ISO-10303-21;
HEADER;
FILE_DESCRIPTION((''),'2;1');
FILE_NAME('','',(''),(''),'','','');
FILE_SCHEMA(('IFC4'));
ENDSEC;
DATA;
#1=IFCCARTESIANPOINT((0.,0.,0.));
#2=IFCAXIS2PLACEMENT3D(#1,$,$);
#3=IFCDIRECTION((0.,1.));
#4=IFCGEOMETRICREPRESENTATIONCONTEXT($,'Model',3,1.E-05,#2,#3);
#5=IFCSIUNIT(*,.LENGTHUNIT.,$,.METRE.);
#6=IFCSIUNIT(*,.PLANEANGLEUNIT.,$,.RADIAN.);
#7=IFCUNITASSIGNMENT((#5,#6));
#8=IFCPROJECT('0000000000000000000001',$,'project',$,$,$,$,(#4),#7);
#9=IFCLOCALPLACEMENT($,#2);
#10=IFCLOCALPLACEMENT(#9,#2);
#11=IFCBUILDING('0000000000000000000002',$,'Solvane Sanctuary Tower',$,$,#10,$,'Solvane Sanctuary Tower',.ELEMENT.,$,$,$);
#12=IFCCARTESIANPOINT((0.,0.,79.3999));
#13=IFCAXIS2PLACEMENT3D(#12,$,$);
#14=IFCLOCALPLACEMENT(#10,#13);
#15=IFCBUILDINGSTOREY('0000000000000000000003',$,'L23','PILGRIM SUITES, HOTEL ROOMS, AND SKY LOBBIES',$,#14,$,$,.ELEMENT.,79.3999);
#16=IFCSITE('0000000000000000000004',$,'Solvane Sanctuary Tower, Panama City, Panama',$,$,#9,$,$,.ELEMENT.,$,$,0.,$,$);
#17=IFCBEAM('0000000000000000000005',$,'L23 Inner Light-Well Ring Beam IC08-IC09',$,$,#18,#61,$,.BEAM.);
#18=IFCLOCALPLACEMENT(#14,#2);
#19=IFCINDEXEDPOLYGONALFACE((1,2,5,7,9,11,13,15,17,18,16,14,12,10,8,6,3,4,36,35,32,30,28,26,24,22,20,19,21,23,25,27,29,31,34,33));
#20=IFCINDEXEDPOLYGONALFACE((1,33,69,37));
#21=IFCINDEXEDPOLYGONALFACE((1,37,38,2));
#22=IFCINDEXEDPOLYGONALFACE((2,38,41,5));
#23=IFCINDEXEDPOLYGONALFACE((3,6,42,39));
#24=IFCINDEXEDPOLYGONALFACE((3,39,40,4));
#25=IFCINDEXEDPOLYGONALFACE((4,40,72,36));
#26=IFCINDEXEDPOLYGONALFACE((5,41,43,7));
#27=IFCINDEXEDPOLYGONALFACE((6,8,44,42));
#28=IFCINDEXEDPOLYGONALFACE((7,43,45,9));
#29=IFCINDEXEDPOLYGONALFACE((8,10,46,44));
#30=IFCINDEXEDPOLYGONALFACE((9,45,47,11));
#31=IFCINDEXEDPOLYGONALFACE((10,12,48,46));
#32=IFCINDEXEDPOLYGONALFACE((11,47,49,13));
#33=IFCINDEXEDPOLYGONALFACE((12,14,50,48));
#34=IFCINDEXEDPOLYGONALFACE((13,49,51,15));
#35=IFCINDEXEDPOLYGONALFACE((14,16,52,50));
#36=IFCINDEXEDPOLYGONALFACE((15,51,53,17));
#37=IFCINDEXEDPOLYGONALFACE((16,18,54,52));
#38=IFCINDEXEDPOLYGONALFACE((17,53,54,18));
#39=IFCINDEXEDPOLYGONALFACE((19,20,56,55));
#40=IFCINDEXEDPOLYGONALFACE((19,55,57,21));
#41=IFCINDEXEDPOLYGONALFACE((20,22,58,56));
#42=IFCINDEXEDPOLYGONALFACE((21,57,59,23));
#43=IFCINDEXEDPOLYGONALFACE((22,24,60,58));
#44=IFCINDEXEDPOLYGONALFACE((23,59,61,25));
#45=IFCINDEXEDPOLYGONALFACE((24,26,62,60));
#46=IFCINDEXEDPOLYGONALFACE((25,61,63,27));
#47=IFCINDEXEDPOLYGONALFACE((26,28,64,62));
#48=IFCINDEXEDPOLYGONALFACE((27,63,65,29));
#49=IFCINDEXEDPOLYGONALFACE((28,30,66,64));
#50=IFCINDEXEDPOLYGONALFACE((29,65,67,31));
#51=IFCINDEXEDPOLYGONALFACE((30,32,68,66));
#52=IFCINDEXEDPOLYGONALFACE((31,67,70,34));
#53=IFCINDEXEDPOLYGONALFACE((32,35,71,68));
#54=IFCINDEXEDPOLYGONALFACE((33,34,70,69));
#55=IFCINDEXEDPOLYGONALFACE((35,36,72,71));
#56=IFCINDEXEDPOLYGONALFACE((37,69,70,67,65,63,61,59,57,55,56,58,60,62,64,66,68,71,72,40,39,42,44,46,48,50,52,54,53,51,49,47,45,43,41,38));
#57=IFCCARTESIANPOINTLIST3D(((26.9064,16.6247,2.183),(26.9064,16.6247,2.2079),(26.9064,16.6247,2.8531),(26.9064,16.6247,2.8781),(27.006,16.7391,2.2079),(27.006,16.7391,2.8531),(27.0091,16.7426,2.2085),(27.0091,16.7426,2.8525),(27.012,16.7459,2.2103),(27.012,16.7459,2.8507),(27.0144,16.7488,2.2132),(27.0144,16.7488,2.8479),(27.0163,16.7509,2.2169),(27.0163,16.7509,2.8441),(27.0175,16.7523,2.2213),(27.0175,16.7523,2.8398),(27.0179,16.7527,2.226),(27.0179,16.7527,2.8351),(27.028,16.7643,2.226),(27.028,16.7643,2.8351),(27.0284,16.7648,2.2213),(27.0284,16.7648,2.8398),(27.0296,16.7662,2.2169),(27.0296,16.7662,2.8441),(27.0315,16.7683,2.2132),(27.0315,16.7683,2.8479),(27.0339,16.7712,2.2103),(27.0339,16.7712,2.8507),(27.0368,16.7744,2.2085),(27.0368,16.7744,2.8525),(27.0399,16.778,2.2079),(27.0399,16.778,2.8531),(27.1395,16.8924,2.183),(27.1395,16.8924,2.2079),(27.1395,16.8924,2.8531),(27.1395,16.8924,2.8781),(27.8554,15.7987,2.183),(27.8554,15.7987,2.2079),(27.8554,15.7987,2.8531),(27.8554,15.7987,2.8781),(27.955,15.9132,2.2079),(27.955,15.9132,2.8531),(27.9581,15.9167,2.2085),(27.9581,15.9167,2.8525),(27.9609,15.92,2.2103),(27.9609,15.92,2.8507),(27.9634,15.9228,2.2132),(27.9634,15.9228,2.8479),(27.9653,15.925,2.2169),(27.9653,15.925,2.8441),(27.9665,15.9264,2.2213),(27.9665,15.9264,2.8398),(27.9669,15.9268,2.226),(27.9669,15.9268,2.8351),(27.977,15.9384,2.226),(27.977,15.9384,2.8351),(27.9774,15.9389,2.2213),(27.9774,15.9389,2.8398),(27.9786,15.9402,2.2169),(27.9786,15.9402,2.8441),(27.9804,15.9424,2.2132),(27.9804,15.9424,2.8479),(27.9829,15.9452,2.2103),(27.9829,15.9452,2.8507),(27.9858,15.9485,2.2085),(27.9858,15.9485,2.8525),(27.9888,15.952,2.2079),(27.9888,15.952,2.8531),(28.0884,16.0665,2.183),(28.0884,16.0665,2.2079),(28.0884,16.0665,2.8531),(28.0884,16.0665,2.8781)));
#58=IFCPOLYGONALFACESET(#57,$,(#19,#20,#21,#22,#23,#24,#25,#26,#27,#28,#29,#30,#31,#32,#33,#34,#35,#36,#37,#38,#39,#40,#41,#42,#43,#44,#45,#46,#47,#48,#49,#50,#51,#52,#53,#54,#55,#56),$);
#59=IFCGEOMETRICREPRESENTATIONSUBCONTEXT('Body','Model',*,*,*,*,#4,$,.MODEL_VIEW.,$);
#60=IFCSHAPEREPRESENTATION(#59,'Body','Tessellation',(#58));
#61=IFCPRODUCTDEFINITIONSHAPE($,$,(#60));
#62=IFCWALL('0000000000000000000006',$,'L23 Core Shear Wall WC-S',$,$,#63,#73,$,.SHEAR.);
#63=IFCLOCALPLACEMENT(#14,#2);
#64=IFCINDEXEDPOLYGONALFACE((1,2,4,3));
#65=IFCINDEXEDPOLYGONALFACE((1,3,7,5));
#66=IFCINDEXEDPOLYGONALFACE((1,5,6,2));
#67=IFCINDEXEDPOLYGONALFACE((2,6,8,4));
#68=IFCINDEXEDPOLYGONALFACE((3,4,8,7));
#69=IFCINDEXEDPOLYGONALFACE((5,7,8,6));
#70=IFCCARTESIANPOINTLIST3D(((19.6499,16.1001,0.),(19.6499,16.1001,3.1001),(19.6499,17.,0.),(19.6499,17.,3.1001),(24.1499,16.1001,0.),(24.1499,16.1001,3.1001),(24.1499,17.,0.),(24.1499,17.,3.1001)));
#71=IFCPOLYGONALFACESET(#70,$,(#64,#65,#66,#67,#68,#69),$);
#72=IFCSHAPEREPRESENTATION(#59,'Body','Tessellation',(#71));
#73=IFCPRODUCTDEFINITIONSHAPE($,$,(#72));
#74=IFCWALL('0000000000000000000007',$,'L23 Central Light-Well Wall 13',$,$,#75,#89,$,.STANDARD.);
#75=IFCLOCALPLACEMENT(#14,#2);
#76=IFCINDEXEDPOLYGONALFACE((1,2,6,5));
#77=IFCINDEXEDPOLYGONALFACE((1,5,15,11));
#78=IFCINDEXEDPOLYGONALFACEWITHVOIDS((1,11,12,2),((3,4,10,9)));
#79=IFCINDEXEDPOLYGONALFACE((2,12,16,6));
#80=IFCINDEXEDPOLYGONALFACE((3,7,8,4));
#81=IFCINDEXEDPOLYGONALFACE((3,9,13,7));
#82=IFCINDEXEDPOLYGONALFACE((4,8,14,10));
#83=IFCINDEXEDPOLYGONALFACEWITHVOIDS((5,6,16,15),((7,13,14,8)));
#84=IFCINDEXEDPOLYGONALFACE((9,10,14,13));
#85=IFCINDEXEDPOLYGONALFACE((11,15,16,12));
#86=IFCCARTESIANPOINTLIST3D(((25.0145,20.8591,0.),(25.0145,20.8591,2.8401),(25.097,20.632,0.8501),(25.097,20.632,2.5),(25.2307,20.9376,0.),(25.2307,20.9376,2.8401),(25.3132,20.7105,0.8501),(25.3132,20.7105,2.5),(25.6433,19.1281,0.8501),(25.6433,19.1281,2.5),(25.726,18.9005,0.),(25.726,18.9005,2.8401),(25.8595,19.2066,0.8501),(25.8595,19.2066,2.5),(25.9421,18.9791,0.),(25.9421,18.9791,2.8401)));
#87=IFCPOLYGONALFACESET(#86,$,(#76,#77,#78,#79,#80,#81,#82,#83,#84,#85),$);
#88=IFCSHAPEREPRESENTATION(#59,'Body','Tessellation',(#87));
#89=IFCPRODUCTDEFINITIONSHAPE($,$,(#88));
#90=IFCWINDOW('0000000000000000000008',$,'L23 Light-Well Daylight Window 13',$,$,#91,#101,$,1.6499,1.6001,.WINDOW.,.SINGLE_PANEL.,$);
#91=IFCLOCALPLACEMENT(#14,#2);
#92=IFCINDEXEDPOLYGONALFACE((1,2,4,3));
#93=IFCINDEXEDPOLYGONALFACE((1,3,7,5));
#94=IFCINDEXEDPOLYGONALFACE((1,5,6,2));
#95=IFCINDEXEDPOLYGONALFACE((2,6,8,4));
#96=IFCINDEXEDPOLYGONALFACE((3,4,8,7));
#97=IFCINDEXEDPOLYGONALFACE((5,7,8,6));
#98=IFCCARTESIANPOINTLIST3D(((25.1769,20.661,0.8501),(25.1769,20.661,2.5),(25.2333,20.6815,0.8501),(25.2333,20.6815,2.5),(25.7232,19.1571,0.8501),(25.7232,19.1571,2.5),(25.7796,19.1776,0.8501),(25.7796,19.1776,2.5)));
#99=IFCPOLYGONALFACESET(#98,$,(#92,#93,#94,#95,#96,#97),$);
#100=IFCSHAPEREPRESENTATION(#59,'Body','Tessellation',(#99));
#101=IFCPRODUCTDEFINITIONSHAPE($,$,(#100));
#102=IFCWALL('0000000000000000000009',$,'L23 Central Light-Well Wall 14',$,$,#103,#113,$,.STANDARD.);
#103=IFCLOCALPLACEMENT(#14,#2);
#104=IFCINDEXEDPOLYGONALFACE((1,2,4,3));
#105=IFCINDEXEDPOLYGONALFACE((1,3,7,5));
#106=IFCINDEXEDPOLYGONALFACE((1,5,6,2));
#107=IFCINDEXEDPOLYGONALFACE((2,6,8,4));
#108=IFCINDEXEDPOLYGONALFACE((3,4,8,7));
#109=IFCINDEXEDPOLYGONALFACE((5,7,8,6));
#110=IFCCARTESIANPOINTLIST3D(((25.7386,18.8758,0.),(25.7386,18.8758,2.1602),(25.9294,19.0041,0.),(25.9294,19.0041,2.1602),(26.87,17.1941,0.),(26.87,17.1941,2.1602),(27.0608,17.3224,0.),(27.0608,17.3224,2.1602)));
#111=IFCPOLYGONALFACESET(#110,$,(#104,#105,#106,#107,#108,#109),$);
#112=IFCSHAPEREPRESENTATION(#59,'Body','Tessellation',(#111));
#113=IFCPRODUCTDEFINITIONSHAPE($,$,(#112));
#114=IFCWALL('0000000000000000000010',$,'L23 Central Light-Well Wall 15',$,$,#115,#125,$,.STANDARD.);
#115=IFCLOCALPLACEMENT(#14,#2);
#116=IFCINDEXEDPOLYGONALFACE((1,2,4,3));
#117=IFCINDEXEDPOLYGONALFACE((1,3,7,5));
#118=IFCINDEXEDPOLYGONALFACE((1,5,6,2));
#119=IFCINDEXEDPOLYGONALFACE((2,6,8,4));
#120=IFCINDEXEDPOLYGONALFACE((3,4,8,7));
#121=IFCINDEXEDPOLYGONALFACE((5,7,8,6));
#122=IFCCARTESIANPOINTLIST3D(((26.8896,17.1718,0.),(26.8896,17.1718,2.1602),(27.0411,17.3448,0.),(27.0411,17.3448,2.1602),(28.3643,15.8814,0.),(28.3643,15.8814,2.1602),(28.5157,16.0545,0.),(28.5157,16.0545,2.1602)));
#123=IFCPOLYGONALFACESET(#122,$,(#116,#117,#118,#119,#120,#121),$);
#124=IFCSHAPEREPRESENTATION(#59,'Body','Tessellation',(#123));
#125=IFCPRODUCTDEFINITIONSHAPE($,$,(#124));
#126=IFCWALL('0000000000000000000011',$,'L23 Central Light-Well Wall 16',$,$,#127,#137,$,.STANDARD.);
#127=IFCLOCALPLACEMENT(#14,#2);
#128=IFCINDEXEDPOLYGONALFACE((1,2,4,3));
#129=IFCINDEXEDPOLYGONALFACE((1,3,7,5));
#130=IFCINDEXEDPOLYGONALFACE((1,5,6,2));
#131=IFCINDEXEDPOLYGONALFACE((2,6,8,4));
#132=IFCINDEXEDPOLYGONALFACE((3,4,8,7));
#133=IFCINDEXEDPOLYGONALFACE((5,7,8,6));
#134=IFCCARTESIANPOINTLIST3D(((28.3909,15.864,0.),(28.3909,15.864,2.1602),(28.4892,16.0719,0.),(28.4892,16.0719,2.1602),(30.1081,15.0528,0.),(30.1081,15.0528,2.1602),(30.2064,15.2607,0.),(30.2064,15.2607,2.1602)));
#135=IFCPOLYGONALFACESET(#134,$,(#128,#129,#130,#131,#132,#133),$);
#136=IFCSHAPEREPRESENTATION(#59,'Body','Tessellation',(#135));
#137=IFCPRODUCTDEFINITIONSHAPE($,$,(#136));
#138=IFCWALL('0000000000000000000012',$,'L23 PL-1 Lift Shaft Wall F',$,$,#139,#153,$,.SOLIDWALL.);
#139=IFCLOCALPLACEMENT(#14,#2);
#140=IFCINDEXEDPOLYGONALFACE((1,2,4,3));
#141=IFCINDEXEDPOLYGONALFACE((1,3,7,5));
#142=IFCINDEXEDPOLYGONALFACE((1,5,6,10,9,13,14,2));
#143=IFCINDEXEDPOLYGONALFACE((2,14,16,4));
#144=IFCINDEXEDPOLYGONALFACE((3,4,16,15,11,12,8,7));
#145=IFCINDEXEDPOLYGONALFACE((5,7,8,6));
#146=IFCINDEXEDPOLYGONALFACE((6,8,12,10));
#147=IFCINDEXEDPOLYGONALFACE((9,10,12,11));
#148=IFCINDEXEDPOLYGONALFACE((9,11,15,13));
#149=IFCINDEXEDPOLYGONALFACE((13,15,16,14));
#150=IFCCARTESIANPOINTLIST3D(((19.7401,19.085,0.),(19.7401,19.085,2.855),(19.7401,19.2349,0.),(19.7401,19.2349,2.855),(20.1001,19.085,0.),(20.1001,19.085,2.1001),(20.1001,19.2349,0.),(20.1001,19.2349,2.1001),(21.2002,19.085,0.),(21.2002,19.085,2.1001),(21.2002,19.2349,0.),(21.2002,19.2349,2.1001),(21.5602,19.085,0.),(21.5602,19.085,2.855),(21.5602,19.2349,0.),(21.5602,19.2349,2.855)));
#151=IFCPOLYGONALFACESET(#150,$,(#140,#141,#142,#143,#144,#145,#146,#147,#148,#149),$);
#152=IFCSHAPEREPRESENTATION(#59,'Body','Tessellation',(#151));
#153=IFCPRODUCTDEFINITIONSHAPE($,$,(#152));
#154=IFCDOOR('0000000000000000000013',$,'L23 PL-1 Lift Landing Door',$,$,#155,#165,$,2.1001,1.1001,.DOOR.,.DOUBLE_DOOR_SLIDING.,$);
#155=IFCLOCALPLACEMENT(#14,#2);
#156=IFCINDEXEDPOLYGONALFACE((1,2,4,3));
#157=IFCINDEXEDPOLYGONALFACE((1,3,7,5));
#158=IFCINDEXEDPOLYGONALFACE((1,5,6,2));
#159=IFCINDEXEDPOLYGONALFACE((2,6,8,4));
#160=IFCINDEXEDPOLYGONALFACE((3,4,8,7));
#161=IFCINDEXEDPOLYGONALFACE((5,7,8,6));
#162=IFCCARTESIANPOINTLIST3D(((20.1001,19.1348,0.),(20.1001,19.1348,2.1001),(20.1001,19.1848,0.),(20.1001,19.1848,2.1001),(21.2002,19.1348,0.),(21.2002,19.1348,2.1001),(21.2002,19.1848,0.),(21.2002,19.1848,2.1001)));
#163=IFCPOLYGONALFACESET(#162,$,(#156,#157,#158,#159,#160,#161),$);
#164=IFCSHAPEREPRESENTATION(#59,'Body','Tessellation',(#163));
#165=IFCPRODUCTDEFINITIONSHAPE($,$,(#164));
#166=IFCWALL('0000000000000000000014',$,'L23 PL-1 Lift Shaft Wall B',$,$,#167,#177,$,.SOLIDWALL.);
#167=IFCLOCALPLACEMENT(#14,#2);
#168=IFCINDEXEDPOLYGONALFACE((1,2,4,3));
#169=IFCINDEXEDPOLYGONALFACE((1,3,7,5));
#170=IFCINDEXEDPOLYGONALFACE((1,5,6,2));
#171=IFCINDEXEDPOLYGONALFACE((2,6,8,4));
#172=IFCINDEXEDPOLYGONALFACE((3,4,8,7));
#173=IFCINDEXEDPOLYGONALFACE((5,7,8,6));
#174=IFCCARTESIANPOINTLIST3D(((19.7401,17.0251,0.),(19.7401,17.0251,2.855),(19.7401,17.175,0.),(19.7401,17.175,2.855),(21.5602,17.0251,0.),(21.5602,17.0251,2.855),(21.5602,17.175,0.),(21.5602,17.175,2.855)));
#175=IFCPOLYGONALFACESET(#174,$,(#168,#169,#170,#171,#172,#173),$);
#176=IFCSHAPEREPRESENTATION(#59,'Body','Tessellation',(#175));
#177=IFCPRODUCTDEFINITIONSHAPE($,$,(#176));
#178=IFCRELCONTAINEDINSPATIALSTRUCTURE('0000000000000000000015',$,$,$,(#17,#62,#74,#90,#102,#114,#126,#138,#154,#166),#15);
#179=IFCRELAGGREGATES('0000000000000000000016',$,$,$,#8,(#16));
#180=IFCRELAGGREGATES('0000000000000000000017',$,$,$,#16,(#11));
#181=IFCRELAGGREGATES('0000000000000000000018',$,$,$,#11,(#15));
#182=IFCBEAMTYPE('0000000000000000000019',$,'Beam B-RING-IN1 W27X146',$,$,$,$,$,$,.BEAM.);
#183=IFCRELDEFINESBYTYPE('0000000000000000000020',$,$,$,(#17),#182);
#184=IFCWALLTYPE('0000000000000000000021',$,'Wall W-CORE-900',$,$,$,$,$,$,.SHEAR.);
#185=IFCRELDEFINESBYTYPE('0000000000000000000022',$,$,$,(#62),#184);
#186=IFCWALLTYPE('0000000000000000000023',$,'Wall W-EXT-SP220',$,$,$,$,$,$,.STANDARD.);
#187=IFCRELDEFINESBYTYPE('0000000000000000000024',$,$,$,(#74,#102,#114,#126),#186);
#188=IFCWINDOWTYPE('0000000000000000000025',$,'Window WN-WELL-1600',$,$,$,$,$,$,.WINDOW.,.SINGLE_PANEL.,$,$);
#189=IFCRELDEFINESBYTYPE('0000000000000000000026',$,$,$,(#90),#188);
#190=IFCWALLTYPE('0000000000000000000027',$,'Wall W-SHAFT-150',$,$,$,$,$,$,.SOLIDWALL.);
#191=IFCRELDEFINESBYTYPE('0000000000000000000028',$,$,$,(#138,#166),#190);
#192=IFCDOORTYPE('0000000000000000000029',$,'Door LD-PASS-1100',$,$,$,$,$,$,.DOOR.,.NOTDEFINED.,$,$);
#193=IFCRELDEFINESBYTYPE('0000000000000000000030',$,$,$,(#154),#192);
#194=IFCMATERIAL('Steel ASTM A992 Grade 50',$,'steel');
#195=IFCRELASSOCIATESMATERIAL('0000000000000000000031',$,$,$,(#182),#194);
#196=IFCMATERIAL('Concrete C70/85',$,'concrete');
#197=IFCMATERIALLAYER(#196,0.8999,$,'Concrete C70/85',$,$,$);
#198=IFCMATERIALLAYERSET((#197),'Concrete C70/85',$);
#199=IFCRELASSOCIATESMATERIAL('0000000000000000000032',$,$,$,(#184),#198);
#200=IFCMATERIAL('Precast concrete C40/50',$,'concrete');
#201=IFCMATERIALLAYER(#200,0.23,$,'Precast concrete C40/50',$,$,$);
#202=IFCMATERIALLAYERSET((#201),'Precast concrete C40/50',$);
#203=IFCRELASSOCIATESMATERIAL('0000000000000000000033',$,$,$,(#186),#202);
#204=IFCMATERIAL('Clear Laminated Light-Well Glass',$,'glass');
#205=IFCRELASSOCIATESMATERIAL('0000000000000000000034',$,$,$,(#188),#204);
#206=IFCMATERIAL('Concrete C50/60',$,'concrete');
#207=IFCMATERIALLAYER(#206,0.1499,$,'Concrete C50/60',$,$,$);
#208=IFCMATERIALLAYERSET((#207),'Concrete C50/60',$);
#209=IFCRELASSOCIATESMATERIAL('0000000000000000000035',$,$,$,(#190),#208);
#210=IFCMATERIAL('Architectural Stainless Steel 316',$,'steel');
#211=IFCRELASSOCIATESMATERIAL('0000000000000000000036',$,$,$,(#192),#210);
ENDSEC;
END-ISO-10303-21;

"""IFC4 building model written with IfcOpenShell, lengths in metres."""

from ifc_helpers import new_model, si_unit, direction, frame, frame_2d, origin, origin_2d, place, context, subcontext, project, spatial, rectangle, i_section, extrude, material, layer, layer_set, material_profile, profile_set, type_object, element, fill, save


model = new_model("IFC4")

# Units and contexts
model_context = context("Model", 3, precision=1e-05, world=origin(), true_north=direction((0.0, 1.0)))
body_context = subcontext(model_context, "Body", "Model", "MODEL_VIEW")
ifc_project = project(units=[si_unit("LENGTHUNIT", "METRE"), si_unit("PLANEANGLEUNIT", "RADIAN")], contexts=[model_context])

# Site, building, storey
site_placement = place(None, origin())
site = spatial("IfcSite", under=ifc_project, at=site_placement, Name="Solvane Sanctuary Tower, Panama City, Panama", CompositionType="ELEMENT", RefElevation=0.0)
building_placement = place(site_placement, origin())
building = spatial("IfcBuilding", under=site, at=building_placement, Name="Solvane Sanctuary Tower", LongName="Solvane Sanctuary Tower", CompositionType="ELEMENT")
storey_placement = place(building_placement, frame((0.0, 0.0, 79.3999)))
storey = spatial("IfcBuildingStorey", under=building, at=storey_placement, Name="L23", Description="PILGRIM SUITES, HOTEL ROOMS, AND SKY LOBBIES", CompositionType="ELEMENT", Elevation=79.3999)

# Shared definitions
ifc_material_1 = material(Name="Concrete C70/85", Category="concrete")

# Beam
ifc_material_2 = material(Name="Steel ASTM A992 Grade 50", Category="steel")
ifc_material_profile_1 = material_profile(ifc_material_2, i_section(OverallWidth=0.355, OverallDepth=0.6951, WebThickness=0.0154, FlangeThickness=0.0249, FilletRadius=0.0181, at=origin_2d()), Name="W27X146")
ifc_profile_set_1 = profile_set([ifc_material_profile_1], Name="Steel ASTM A992 Grade 50")
beam_type_1 = type_object("IfcBeamType", Name="Beam B-RING-IN1 W27X146", PredefinedType="BEAM", material=ifc_profile_set_1)
beam_1_placement = place(storey_placement, frame((27.0229, 16.7585, 2.5305), z_axis=(0.754317, -0.65651, 0.0), x_axis=(0.65651, 0.754317, 0.0)))
element("IfcBeam", 1, at=beam_1_placement, inside=storey, type_object=beam_type_1, Name="L23 Inner Light-Well Ring Beam IC08-IC09", PredefinedType="BEAM", context=body_context, shape_type="SweptSolid", body=[
    extrude(i_section(OverallWidth=0.355, OverallDepth=0.6951, WebThickness=0.0154, FlangeThickness=0.0249, FilletRadius=0.0181, at=origin_2d()), origin(), (0.0, 0.0, 1.0), 1.2581),
])

# Wall
ifc_layer_1 = layer(ifc_material_1, 0.8999, Name="Concrete C70/85")
ifc_layer_set_1 = layer_set([ifc_layer_1], Name="Concrete C70/85")
wall_type_1 = type_object("IfcWallType", Name="Wall W-CORE-900", PredefinedType="SHEAR", material=ifc_layer_set_1)
wall_1_placement = place(storey_placement, frame((19.6499, 16.55, 0.0), z_axis=(0.0, 0.0, 1.0), x_axis=(1.0, 0.0, 0.0)))
element("IfcWall", 2, at=wall_1_placement, inside=storey, type_object=wall_type_1, Name="L23 Core Shear Wall WC-S", PredefinedType="SHEAR", context=body_context, shape_type="SweptSolid", body=[
    extrude(rectangle(XDim=4.5, YDim=0.8999, at=frame_2d((2.25, 0.0))), origin(), (0.0, 0.0, 1.0), 3.1001),
])

# Wall, opening, window
ifc_material_3 = material(Name="Precast concrete C40/50", Category="concrete")
ifc_layer_2 = layer(ifc_material_3, 0.23, Name="Precast concrete C40/50")
ifc_layer_set_2 = layer_set([ifc_layer_2], Name="Precast concrete C40/50")
wall_type_2 = type_object("IfcWallType", Name="Wall W-EXT-SP220", PredefinedType="STANDARD", material=ifc_layer_set_2)
wall_2_placement = place(storey_placement, frame((25.1226, 20.8984, 0.0), z_axis=(0.0, 0.0, 1.0), x_axis=(0.341423, -0.93991, 0.0)))
wall_2 = element("IfcWall", 3, at=wall_2_placement, inside=storey, type_object=wall_type_2, Name="L23 Central Light-Well Wall 13", PredefinedType="STANDARD", context=body_context, shape_type="SweptSolid", body=[
    extrude(rectangle(XDim=2.0837, YDim=0.23, at=frame_2d((1.042, 0.0))), origin(), (0.0, 0.0, 1.0), 2.8401),
])
opening_1_placement = place(wall_2_placement, frame((0.2417, 0.0, 0.8501)))
opening_1 = element("IfcOpeningElement", 4, at=opening_1_placement, cuts=wall_2, PredefinedType="OPENING", context=body_context, shape_type="SweptSolid", body=[
    extrude(rectangle(XDim=1.6001, YDim=1.6499, at=frame_2d((0.8, 0.825))), frame((0.0, 0.125, 0.0), z_axis=(0.0, -1.0, 0.0), x_axis=(1.0, 0.0, 0.0)), (0.0, 0.0, 1.0), 0.25),
])
ifc_material_4 = material(Name="Clear Laminated Light-Well Glass", Category="glass")
window_type = type_object("IfcWindowType", Name="Window WN-WELL-1600", PartitioningType="SINGLE_PANEL", PredefinedType="WINDOW", material=ifc_material_4)
window_placement = place(opening_1_placement, origin())
window = element("IfcWindow", 5, at=window_placement, inside=storey, type_object=window_type, Name="L23 Light-Well Daylight Window 13", OverallHeight=1.6499, OverallWidth=1.6001, PartitioningType="SINGLE_PANEL", PredefinedType="WINDOW", context=body_context, shape_type="SweptSolid", body=[
    extrude(rectangle(XDim=1.6001, YDim=1.6499, at=frame_2d((0.8, 0.825))), frame((0.0, 0.03, 0.0), z_axis=(0.0, -1.0, 0.0), x_axis=(1.0, 0.0, 0.0)), (0.0, 0.0, 1.0), 0.0601),
])
fill(opening_1, window)

# Walls
wall_3_placement = place(storey_placement, frame((25.834, 18.9399, 0.0), z_axis=(0.0, 0.0, 1.0), x_axis=(0.558198, -0.829708, 0.0)))
element("IfcWall", 6, at=wall_3_placement, inside=storey, type_object=wall_type_2, Name="L23 Central Light-Well Wall 14", PredefinedType="STANDARD", context=body_context, shape_type="SweptSolid", body=[
    extrude(rectangle(XDim=2.0269, YDim=0.23, at=frame_2d((1.0134, 0.0))), origin(), (0.0, 0.0, 1.0), 2.1602),
])
wall_4_placement = place(storey_placement, frame((26.9653, 17.2583, 0.0), z_axis=(0.0, 0.0, 1.0), x_axis=(0.752577, -0.658505, 0.0)))
element("IfcWall", 7, at=wall_4_placement, inside=storey, type_object=wall_type_2, Name="L23 Central Light-Well Wall 15", PredefinedType="STANDARD", context=body_context, shape_type="SweptSolid", body=[
    extrude(rectangle(XDim=1.9595, YDim=0.23, at=frame_2d((0.9797, 0.0))), origin(), (0.0, 0.0, 1.0), 2.1602),
])
wall_5_placement = place(storey_placement, frame((28.4399, 15.968, 0.0), z_axis=(0.0, 0.0, 1.0), x_axis=(0.90418, -0.427152, 0.0)))
element("IfcWall", 8, at=wall_5_placement, inside=storey, type_object=wall_type_2, Name="L23 Central Light-Well Wall 16", PredefinedType="STANDARD", context=body_context, shape_type="SweptSolid", body=[
    extrude(rectangle(XDim=1.8992, YDim=0.23, at=frame_2d((0.9497, 0.0))), origin(), (0.0, 0.0, 1.0), 2.1602),
])

# Wall, opening, door
ifc_material_5 = material(Name="Concrete C50/60", Category="concrete")
ifc_layer_3 = layer(ifc_material_5, 0.1499, Name="Concrete C50/60")
ifc_layer_set_3 = layer_set([ifc_layer_3], Name="Concrete C50/60")
wall_type_3 = type_object("IfcWallType", Name="Wall W-SHAFT-150", PredefinedType="SOLIDWALL", material=ifc_layer_set_3)
wall_6_placement = place(storey_placement, frame((19.74, 19.1599, 0.0), z_axis=(0.0, 0.0, 1.0), x_axis=(1.0, 0.0, 0.0)))
wall_6 = element("IfcWall", 9, at=wall_6_placement, inside=storey, type_object=wall_type_3, Name="L23 PL-1 Lift Shaft Wall F", PredefinedType="SOLIDWALL", context=body_context, shape_type="SweptSolid", body=[
    extrude(rectangle(XDim=1.8201, YDim=0.1499, at=frame_2d((0.9102, 0.0))), origin(), (0.0, 0.0, 1.0), 2.855),
])
opening_2_placement = place(wall_6_placement, frame((0.3601, 0.0, 0.0)))
opening_2 = element("IfcOpeningElement", 10, at=opening_2_placement, cuts=wall_6, PredefinedType="OPENING", context=body_context, shape_type="SweptSolid", body=[
    extrude(rectangle(XDim=1.1001, YDim=2.1001, at=frame_2d((0.55, 1.05))), frame((0.0, 0.085, 0.0), z_axis=(0.0, -1.0, 0.0), x_axis=(1.0, 0.0, 0.0)), (0.0, 0.0, 1.0), 0.1699),
])
ifc_material_6 = material(Name="Architectural Stainless Steel 316", Category="steel")
door_type = type_object("IfcDoorType", Name="Door LD-PASS-1100", OperationType="NOTDEFINED", PredefinedType="DOOR", material=ifc_material_6)
door_1_placement = place(opening_2_placement, origin())
door_1 = element("IfcDoor", 11, at=door_1_placement, inside=storey, type_object=door_type, Name="L23 PL-1 Lift Landing Door", OperationType="DOUBLE_DOOR_SLIDING", OverallHeight=2.1001, OverallWidth=1.1001, PredefinedType="DOOR", context=body_context, shape_type="SweptSolid", body=[
    extrude(rectangle(XDim=1.1001, YDim=2.1001, at=frame_2d((0.55, 1.05))), frame((0.0, 0.0249, 0.0), z_axis=(0.0, -1.0, 0.0), x_axis=(1.0, 0.0, 0.0)), (0.0, 0.0, 1.0), 0.05),
])
fill(opening_2, door_1)

# Wall
wall_7_placement = place(storey_placement, frame((19.74, 17.1001, 0.0), z_axis=(0.0, 0.0, 1.0), x_axis=(1.0, 0.0, 0.0)))
element("IfcWall", 12, at=wall_7_placement, inside=storey, type_object=wall_type_3, Name="L23 PL-1 Lift Shaft Wall B", PredefinedType="SOLIDWALL", context=body_context, shape_type="SweptSolid", body=[
    extrude(rectangle(XDim=1.8201, YDim=0.1499, at=frame_2d((0.9102, 0.0))), origin(), (0.0, 0.0, 1.0), 2.855),
])

save(model, "model.ifc")
